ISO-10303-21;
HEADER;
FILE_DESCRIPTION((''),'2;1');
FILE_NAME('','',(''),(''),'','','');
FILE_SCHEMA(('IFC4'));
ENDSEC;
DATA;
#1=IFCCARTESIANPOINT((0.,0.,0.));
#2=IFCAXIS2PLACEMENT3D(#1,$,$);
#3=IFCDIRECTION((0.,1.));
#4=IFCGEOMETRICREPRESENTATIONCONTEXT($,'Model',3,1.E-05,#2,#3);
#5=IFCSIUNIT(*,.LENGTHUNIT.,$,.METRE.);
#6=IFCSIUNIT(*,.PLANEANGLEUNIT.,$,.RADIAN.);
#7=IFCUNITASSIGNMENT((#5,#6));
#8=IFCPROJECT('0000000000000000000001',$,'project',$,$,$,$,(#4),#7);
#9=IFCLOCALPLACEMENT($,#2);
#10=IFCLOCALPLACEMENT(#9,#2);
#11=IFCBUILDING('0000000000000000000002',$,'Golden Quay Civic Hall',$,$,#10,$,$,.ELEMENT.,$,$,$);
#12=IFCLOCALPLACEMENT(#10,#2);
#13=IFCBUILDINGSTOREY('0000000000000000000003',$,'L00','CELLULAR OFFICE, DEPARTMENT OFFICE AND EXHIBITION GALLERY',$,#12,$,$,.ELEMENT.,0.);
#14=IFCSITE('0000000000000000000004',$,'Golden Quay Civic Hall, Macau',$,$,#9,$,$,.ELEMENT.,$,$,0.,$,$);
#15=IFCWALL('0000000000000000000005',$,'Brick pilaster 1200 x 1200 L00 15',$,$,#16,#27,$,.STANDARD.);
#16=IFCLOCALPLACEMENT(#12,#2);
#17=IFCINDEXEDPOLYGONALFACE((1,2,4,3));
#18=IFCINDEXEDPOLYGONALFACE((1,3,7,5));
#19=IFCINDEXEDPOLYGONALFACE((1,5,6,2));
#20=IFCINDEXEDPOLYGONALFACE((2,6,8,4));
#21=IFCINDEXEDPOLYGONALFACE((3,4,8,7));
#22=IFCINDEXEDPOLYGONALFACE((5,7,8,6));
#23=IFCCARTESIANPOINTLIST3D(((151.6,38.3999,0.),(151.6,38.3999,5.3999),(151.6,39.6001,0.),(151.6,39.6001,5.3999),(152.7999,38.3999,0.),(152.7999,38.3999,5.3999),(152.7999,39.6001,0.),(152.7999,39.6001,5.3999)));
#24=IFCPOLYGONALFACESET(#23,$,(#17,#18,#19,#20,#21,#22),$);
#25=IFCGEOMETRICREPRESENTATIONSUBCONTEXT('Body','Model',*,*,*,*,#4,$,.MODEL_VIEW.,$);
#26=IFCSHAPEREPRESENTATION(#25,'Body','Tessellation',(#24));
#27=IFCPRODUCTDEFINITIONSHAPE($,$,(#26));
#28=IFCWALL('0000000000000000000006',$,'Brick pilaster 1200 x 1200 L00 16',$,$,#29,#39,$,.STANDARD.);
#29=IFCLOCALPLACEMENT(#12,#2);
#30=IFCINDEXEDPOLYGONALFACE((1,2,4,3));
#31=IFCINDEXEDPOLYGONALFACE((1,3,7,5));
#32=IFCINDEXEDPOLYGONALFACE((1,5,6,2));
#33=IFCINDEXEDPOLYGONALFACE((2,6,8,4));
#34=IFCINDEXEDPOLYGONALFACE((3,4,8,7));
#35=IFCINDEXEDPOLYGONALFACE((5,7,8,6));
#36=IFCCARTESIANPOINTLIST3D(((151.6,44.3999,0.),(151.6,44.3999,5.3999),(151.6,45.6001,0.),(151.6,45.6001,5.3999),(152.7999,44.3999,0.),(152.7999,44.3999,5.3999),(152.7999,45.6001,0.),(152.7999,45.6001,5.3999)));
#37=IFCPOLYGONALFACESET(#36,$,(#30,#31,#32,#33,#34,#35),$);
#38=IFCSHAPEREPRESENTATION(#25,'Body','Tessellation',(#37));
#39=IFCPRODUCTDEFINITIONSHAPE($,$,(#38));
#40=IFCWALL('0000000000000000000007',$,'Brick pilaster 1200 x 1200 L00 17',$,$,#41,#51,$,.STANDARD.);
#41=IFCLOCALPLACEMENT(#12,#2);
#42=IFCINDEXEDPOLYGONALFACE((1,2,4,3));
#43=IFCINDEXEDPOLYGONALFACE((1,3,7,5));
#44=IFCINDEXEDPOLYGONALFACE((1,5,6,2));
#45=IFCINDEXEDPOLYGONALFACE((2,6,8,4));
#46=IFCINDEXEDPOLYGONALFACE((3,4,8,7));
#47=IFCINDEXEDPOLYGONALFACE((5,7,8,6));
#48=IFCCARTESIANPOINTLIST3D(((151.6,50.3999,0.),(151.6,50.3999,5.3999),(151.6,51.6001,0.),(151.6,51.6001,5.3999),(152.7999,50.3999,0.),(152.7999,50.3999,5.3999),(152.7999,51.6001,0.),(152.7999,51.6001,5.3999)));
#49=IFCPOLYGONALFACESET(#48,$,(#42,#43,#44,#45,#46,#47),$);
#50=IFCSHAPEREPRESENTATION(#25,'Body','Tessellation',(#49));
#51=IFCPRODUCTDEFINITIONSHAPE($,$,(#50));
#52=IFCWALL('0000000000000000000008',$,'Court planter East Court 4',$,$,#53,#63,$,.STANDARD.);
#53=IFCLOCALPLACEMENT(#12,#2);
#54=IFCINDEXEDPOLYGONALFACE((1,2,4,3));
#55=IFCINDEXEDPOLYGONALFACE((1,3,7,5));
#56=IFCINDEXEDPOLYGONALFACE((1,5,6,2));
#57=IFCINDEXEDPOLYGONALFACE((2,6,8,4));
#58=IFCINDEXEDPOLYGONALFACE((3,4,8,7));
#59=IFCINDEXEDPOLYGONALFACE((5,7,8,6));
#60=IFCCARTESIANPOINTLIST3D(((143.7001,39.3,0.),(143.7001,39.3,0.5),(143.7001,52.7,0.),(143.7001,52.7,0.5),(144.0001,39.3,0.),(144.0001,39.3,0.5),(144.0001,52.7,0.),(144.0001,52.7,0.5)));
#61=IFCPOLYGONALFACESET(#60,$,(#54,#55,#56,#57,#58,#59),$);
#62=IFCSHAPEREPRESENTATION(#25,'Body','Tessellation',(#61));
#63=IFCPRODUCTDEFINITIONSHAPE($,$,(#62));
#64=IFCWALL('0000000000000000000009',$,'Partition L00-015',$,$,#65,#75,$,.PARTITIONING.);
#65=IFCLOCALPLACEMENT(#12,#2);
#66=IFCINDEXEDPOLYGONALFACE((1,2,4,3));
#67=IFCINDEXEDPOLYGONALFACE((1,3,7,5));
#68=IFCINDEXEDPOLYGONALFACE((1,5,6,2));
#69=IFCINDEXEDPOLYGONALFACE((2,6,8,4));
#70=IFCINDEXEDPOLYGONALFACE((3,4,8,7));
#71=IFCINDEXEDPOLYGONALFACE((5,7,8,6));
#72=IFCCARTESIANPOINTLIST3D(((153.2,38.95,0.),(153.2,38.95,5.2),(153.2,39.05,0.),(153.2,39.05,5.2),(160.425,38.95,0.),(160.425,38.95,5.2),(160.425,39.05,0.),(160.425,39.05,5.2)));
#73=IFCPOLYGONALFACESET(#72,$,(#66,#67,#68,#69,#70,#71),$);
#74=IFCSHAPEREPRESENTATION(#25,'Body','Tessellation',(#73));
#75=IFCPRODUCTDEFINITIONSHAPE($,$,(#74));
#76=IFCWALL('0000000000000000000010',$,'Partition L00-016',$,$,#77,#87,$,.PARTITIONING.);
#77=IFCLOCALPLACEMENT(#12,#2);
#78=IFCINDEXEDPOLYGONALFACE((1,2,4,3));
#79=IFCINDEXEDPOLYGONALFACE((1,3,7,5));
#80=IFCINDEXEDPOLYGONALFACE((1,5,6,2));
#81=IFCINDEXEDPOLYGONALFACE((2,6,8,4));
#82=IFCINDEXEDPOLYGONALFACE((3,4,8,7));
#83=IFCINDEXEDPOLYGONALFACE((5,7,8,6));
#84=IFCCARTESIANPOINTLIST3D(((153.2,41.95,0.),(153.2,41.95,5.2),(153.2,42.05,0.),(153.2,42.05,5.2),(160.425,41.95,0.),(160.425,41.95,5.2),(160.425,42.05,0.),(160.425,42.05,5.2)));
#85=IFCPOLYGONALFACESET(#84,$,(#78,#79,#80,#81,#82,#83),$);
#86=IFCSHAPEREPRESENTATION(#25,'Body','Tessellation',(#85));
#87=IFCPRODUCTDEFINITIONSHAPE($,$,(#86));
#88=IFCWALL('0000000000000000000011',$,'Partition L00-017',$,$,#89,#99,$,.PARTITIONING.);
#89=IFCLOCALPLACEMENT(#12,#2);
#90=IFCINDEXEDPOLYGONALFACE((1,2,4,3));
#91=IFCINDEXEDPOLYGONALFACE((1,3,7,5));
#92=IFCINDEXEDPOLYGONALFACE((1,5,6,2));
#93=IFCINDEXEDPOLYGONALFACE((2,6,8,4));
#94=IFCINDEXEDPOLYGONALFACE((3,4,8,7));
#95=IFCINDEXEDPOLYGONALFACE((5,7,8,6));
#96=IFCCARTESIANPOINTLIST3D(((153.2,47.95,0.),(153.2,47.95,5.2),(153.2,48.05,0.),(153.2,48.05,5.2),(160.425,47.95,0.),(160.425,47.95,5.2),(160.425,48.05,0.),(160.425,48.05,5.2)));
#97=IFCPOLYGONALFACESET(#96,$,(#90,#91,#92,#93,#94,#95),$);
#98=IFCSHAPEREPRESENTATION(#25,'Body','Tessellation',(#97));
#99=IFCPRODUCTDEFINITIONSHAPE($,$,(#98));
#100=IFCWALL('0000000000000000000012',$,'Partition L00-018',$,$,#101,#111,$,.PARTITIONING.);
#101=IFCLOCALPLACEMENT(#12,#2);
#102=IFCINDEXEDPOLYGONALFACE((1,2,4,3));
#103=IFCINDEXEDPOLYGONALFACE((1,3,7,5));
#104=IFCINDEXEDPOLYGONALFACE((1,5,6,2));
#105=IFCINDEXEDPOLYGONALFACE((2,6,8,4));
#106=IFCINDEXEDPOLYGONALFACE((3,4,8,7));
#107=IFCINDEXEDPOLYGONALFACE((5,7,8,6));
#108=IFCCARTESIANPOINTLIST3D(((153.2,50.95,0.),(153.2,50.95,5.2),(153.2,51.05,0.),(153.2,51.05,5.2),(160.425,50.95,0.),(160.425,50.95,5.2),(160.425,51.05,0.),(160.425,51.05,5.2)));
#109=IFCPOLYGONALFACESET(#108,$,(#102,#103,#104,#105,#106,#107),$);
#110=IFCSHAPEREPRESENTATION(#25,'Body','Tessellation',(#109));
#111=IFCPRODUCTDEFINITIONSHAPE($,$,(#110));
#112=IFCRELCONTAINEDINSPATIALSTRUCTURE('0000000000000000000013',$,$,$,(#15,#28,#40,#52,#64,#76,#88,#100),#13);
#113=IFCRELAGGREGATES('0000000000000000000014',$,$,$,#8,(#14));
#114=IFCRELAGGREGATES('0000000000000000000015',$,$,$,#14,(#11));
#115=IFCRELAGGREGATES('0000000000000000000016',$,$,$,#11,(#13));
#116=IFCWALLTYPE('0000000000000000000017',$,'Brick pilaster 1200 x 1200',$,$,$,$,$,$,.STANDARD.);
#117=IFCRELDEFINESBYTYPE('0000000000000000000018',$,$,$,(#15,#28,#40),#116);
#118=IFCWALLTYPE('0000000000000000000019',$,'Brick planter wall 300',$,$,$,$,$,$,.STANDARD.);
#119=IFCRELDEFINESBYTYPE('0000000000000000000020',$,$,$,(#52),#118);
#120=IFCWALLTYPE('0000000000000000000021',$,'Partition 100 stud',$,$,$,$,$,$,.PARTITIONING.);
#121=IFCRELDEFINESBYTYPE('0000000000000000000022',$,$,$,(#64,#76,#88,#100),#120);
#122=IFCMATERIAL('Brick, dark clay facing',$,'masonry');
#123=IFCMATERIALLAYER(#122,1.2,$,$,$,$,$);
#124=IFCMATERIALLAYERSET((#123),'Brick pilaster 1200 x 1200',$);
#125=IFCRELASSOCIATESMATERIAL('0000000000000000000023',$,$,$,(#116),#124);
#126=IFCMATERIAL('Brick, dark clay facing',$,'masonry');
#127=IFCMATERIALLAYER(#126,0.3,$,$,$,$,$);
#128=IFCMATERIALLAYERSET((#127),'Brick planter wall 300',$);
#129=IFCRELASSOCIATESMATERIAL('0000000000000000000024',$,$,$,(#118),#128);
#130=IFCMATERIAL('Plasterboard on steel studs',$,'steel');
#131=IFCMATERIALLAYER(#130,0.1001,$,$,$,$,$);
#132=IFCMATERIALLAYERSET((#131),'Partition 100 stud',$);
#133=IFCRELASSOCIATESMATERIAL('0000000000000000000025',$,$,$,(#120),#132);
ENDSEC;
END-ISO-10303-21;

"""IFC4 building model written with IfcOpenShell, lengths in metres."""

from ifc_helpers import new_model, si_unit, direction, frame, frame_2d, origin, place, context, subcontext, project, spatial, rectangle, extrude, material, layer, layer_set, type_object, element, save


model = new_model("IFC4")

# Units and contexts
model_context = context("Model", 3, precision=1e-05, world=origin(), true_north=direction((0.0, 1.0)))
body_context = subcontext(model_context, "Body", "Model", "MODEL_VIEW")
ifc_project = project(units=[si_unit("LENGTHUNIT", "METRE"), si_unit("PLANEANGLEUNIT", "RADIAN")], contexts=[model_context])

# Site, building, storey
site_placement = place(None, origin())
site = spatial("IfcSite", under=ifc_project, at=site_placement, Name="Golden Quay Civic Hall, Macau", CompositionType="ELEMENT", RefElevation=0.0)
building_placement = place(site_placement, origin())
building = spatial("IfcBuilding", under=site, at=building_placement, Name="Golden Quay Civic Hall", CompositionType="ELEMENT")
storey_placement = place(building_placement, origin())
storey = spatial("IfcBuildingStorey", under=building, at=storey_placement, Name="L00", Description="CELLULAR OFFICE, DEPARTMENT OFFICE AND EXHIBITION GALLERY", CompositionType="ELEMENT", Elevation=0.0)

# Walls
ifc_material_1 = material(Name="Brick, dark clay facing", Category="masonry")
ifc_layer_1 = layer(ifc_material_1, 1.2)
ifc_layer_set_1 = layer_set([ifc_layer_1], Name="Brick pilaster 1200 x 1200")
wall_type_1 = type_object("IfcWallType", Name="Brick pilaster 1200 x 1200", PredefinedType="STANDARD", material=ifc_layer_set_1)
for number, where, z_axis, x_axis, name in (
    (1, (152.2, 38.3999, 0.0), (0.0, 0.0, 1.0), (0.0, 1.0, 0.0), "Brick pilaster 1200 x 1200 L00 15"),
    (2, (152.2, 44.3999, 0.0), (0.0, 0.0, 1.0), (0.0, 1.0, 0.0), "Brick pilaster 1200 x 1200 L00 16"),
    (3, (152.2, 50.3999, 0.0), (0.0, 0.0, 1.0), (0.0, 1.0, 0.0), "Brick pilaster 1200 x 1200 L00 17"),
):
    element("IfcWall", number, at=place(storey_placement, frame(where, z_axis=z_axis, x_axis=x_axis)), inside=storey, type_object=wall_type_1, Name=name, PredefinedType="STANDARD", context=body_context, shape_type="SweptSolid", body=[
        extrude(rectangle(XDim=1.2002, YDim=1.2, at=frame_2d((0.6001, 0.0))), origin(), (0.0, 0.0, 1.0), 5.3999),
    ])
ifc_material_2 = material(Name="Brick, dark clay facing", Category="masonry")
ifc_layer_2 = layer(ifc_material_2, 0.3)
ifc_layer_set_2 = layer_set([ifc_layer_2], Name="Brick planter wall 300")
wall_type_2 = type_object("IfcWallType", Name="Brick planter wall 300", PredefinedType="STANDARD", material=ifc_layer_set_2)
wall_1_placement = place(storey_placement, frame((143.8501, 39.3, 0.0), z_axis=(0.0, 0.0, 1.0), x_axis=(0.0, 1.0, 0.0)))
element("IfcWall", 4, at=wall_1_placement, inside=storey, type_object=wall_type_2, Name="Court planter East Court 4", PredefinedType="STANDARD", context=body_context, shape_type="SweptSolid", body=[
    extrude(rectangle(XDim=13.3999, YDim=0.3, at=frame_2d((6.7, 0.0))), origin(), (0.0, 0.0, 1.0), 0.5),
])
ifc_material_3 = material(Name="Plasterboard on steel studs", Category="steel")
ifc_layer_3 = layer(ifc_material_3, 0.1001)
ifc_layer_set_3 = layer_set([ifc_layer_3], Name="Partition 100 stud")
wall_type_3 = type_object("IfcWallType", Name="Partition 100 stud", PredefinedType="PARTITIONING", material=ifc_layer_set_3)
for number, where, z_axis, x_axis, name in (
    (5, (153.2, 39.0, 0.0), (0.0, 0.0, 1.0), (1.0, 0.0, 0.0), "Partition L00-015"),
    (6, (153.2, 42.0, 0.0), (0.0, 0.0, 1.0), (1.0, 0.0, 0.0), "Partition L00-016"),
    (7, (153.2, 48.0, 0.0), (0.0, 0.0, 1.0), (1.0, 0.0, 0.0), "Partition L00-017"),
    (8, (153.2, 51.0, 0.0), (0.0, 0.0, 1.0), (1.0, 0.0, 0.0), "Partition L00-018"),
):
    element("IfcWall", number, at=place(storey_placement, frame(where, z_axis=z_axis, x_axis=x_axis)), inside=storey, type_object=wall_type_3, Name=name, PredefinedType="PARTITIONING", context=body_context, shape_type="SweptSolid", body=[
        extrude(rectangle(XDim=7.2251, YDim=0.1001, at=frame_2d((3.6125, 0.0))), origin(), (0.0, 0.0, 1.0), 5.2),
    ])

save(model, "model.ifc")
